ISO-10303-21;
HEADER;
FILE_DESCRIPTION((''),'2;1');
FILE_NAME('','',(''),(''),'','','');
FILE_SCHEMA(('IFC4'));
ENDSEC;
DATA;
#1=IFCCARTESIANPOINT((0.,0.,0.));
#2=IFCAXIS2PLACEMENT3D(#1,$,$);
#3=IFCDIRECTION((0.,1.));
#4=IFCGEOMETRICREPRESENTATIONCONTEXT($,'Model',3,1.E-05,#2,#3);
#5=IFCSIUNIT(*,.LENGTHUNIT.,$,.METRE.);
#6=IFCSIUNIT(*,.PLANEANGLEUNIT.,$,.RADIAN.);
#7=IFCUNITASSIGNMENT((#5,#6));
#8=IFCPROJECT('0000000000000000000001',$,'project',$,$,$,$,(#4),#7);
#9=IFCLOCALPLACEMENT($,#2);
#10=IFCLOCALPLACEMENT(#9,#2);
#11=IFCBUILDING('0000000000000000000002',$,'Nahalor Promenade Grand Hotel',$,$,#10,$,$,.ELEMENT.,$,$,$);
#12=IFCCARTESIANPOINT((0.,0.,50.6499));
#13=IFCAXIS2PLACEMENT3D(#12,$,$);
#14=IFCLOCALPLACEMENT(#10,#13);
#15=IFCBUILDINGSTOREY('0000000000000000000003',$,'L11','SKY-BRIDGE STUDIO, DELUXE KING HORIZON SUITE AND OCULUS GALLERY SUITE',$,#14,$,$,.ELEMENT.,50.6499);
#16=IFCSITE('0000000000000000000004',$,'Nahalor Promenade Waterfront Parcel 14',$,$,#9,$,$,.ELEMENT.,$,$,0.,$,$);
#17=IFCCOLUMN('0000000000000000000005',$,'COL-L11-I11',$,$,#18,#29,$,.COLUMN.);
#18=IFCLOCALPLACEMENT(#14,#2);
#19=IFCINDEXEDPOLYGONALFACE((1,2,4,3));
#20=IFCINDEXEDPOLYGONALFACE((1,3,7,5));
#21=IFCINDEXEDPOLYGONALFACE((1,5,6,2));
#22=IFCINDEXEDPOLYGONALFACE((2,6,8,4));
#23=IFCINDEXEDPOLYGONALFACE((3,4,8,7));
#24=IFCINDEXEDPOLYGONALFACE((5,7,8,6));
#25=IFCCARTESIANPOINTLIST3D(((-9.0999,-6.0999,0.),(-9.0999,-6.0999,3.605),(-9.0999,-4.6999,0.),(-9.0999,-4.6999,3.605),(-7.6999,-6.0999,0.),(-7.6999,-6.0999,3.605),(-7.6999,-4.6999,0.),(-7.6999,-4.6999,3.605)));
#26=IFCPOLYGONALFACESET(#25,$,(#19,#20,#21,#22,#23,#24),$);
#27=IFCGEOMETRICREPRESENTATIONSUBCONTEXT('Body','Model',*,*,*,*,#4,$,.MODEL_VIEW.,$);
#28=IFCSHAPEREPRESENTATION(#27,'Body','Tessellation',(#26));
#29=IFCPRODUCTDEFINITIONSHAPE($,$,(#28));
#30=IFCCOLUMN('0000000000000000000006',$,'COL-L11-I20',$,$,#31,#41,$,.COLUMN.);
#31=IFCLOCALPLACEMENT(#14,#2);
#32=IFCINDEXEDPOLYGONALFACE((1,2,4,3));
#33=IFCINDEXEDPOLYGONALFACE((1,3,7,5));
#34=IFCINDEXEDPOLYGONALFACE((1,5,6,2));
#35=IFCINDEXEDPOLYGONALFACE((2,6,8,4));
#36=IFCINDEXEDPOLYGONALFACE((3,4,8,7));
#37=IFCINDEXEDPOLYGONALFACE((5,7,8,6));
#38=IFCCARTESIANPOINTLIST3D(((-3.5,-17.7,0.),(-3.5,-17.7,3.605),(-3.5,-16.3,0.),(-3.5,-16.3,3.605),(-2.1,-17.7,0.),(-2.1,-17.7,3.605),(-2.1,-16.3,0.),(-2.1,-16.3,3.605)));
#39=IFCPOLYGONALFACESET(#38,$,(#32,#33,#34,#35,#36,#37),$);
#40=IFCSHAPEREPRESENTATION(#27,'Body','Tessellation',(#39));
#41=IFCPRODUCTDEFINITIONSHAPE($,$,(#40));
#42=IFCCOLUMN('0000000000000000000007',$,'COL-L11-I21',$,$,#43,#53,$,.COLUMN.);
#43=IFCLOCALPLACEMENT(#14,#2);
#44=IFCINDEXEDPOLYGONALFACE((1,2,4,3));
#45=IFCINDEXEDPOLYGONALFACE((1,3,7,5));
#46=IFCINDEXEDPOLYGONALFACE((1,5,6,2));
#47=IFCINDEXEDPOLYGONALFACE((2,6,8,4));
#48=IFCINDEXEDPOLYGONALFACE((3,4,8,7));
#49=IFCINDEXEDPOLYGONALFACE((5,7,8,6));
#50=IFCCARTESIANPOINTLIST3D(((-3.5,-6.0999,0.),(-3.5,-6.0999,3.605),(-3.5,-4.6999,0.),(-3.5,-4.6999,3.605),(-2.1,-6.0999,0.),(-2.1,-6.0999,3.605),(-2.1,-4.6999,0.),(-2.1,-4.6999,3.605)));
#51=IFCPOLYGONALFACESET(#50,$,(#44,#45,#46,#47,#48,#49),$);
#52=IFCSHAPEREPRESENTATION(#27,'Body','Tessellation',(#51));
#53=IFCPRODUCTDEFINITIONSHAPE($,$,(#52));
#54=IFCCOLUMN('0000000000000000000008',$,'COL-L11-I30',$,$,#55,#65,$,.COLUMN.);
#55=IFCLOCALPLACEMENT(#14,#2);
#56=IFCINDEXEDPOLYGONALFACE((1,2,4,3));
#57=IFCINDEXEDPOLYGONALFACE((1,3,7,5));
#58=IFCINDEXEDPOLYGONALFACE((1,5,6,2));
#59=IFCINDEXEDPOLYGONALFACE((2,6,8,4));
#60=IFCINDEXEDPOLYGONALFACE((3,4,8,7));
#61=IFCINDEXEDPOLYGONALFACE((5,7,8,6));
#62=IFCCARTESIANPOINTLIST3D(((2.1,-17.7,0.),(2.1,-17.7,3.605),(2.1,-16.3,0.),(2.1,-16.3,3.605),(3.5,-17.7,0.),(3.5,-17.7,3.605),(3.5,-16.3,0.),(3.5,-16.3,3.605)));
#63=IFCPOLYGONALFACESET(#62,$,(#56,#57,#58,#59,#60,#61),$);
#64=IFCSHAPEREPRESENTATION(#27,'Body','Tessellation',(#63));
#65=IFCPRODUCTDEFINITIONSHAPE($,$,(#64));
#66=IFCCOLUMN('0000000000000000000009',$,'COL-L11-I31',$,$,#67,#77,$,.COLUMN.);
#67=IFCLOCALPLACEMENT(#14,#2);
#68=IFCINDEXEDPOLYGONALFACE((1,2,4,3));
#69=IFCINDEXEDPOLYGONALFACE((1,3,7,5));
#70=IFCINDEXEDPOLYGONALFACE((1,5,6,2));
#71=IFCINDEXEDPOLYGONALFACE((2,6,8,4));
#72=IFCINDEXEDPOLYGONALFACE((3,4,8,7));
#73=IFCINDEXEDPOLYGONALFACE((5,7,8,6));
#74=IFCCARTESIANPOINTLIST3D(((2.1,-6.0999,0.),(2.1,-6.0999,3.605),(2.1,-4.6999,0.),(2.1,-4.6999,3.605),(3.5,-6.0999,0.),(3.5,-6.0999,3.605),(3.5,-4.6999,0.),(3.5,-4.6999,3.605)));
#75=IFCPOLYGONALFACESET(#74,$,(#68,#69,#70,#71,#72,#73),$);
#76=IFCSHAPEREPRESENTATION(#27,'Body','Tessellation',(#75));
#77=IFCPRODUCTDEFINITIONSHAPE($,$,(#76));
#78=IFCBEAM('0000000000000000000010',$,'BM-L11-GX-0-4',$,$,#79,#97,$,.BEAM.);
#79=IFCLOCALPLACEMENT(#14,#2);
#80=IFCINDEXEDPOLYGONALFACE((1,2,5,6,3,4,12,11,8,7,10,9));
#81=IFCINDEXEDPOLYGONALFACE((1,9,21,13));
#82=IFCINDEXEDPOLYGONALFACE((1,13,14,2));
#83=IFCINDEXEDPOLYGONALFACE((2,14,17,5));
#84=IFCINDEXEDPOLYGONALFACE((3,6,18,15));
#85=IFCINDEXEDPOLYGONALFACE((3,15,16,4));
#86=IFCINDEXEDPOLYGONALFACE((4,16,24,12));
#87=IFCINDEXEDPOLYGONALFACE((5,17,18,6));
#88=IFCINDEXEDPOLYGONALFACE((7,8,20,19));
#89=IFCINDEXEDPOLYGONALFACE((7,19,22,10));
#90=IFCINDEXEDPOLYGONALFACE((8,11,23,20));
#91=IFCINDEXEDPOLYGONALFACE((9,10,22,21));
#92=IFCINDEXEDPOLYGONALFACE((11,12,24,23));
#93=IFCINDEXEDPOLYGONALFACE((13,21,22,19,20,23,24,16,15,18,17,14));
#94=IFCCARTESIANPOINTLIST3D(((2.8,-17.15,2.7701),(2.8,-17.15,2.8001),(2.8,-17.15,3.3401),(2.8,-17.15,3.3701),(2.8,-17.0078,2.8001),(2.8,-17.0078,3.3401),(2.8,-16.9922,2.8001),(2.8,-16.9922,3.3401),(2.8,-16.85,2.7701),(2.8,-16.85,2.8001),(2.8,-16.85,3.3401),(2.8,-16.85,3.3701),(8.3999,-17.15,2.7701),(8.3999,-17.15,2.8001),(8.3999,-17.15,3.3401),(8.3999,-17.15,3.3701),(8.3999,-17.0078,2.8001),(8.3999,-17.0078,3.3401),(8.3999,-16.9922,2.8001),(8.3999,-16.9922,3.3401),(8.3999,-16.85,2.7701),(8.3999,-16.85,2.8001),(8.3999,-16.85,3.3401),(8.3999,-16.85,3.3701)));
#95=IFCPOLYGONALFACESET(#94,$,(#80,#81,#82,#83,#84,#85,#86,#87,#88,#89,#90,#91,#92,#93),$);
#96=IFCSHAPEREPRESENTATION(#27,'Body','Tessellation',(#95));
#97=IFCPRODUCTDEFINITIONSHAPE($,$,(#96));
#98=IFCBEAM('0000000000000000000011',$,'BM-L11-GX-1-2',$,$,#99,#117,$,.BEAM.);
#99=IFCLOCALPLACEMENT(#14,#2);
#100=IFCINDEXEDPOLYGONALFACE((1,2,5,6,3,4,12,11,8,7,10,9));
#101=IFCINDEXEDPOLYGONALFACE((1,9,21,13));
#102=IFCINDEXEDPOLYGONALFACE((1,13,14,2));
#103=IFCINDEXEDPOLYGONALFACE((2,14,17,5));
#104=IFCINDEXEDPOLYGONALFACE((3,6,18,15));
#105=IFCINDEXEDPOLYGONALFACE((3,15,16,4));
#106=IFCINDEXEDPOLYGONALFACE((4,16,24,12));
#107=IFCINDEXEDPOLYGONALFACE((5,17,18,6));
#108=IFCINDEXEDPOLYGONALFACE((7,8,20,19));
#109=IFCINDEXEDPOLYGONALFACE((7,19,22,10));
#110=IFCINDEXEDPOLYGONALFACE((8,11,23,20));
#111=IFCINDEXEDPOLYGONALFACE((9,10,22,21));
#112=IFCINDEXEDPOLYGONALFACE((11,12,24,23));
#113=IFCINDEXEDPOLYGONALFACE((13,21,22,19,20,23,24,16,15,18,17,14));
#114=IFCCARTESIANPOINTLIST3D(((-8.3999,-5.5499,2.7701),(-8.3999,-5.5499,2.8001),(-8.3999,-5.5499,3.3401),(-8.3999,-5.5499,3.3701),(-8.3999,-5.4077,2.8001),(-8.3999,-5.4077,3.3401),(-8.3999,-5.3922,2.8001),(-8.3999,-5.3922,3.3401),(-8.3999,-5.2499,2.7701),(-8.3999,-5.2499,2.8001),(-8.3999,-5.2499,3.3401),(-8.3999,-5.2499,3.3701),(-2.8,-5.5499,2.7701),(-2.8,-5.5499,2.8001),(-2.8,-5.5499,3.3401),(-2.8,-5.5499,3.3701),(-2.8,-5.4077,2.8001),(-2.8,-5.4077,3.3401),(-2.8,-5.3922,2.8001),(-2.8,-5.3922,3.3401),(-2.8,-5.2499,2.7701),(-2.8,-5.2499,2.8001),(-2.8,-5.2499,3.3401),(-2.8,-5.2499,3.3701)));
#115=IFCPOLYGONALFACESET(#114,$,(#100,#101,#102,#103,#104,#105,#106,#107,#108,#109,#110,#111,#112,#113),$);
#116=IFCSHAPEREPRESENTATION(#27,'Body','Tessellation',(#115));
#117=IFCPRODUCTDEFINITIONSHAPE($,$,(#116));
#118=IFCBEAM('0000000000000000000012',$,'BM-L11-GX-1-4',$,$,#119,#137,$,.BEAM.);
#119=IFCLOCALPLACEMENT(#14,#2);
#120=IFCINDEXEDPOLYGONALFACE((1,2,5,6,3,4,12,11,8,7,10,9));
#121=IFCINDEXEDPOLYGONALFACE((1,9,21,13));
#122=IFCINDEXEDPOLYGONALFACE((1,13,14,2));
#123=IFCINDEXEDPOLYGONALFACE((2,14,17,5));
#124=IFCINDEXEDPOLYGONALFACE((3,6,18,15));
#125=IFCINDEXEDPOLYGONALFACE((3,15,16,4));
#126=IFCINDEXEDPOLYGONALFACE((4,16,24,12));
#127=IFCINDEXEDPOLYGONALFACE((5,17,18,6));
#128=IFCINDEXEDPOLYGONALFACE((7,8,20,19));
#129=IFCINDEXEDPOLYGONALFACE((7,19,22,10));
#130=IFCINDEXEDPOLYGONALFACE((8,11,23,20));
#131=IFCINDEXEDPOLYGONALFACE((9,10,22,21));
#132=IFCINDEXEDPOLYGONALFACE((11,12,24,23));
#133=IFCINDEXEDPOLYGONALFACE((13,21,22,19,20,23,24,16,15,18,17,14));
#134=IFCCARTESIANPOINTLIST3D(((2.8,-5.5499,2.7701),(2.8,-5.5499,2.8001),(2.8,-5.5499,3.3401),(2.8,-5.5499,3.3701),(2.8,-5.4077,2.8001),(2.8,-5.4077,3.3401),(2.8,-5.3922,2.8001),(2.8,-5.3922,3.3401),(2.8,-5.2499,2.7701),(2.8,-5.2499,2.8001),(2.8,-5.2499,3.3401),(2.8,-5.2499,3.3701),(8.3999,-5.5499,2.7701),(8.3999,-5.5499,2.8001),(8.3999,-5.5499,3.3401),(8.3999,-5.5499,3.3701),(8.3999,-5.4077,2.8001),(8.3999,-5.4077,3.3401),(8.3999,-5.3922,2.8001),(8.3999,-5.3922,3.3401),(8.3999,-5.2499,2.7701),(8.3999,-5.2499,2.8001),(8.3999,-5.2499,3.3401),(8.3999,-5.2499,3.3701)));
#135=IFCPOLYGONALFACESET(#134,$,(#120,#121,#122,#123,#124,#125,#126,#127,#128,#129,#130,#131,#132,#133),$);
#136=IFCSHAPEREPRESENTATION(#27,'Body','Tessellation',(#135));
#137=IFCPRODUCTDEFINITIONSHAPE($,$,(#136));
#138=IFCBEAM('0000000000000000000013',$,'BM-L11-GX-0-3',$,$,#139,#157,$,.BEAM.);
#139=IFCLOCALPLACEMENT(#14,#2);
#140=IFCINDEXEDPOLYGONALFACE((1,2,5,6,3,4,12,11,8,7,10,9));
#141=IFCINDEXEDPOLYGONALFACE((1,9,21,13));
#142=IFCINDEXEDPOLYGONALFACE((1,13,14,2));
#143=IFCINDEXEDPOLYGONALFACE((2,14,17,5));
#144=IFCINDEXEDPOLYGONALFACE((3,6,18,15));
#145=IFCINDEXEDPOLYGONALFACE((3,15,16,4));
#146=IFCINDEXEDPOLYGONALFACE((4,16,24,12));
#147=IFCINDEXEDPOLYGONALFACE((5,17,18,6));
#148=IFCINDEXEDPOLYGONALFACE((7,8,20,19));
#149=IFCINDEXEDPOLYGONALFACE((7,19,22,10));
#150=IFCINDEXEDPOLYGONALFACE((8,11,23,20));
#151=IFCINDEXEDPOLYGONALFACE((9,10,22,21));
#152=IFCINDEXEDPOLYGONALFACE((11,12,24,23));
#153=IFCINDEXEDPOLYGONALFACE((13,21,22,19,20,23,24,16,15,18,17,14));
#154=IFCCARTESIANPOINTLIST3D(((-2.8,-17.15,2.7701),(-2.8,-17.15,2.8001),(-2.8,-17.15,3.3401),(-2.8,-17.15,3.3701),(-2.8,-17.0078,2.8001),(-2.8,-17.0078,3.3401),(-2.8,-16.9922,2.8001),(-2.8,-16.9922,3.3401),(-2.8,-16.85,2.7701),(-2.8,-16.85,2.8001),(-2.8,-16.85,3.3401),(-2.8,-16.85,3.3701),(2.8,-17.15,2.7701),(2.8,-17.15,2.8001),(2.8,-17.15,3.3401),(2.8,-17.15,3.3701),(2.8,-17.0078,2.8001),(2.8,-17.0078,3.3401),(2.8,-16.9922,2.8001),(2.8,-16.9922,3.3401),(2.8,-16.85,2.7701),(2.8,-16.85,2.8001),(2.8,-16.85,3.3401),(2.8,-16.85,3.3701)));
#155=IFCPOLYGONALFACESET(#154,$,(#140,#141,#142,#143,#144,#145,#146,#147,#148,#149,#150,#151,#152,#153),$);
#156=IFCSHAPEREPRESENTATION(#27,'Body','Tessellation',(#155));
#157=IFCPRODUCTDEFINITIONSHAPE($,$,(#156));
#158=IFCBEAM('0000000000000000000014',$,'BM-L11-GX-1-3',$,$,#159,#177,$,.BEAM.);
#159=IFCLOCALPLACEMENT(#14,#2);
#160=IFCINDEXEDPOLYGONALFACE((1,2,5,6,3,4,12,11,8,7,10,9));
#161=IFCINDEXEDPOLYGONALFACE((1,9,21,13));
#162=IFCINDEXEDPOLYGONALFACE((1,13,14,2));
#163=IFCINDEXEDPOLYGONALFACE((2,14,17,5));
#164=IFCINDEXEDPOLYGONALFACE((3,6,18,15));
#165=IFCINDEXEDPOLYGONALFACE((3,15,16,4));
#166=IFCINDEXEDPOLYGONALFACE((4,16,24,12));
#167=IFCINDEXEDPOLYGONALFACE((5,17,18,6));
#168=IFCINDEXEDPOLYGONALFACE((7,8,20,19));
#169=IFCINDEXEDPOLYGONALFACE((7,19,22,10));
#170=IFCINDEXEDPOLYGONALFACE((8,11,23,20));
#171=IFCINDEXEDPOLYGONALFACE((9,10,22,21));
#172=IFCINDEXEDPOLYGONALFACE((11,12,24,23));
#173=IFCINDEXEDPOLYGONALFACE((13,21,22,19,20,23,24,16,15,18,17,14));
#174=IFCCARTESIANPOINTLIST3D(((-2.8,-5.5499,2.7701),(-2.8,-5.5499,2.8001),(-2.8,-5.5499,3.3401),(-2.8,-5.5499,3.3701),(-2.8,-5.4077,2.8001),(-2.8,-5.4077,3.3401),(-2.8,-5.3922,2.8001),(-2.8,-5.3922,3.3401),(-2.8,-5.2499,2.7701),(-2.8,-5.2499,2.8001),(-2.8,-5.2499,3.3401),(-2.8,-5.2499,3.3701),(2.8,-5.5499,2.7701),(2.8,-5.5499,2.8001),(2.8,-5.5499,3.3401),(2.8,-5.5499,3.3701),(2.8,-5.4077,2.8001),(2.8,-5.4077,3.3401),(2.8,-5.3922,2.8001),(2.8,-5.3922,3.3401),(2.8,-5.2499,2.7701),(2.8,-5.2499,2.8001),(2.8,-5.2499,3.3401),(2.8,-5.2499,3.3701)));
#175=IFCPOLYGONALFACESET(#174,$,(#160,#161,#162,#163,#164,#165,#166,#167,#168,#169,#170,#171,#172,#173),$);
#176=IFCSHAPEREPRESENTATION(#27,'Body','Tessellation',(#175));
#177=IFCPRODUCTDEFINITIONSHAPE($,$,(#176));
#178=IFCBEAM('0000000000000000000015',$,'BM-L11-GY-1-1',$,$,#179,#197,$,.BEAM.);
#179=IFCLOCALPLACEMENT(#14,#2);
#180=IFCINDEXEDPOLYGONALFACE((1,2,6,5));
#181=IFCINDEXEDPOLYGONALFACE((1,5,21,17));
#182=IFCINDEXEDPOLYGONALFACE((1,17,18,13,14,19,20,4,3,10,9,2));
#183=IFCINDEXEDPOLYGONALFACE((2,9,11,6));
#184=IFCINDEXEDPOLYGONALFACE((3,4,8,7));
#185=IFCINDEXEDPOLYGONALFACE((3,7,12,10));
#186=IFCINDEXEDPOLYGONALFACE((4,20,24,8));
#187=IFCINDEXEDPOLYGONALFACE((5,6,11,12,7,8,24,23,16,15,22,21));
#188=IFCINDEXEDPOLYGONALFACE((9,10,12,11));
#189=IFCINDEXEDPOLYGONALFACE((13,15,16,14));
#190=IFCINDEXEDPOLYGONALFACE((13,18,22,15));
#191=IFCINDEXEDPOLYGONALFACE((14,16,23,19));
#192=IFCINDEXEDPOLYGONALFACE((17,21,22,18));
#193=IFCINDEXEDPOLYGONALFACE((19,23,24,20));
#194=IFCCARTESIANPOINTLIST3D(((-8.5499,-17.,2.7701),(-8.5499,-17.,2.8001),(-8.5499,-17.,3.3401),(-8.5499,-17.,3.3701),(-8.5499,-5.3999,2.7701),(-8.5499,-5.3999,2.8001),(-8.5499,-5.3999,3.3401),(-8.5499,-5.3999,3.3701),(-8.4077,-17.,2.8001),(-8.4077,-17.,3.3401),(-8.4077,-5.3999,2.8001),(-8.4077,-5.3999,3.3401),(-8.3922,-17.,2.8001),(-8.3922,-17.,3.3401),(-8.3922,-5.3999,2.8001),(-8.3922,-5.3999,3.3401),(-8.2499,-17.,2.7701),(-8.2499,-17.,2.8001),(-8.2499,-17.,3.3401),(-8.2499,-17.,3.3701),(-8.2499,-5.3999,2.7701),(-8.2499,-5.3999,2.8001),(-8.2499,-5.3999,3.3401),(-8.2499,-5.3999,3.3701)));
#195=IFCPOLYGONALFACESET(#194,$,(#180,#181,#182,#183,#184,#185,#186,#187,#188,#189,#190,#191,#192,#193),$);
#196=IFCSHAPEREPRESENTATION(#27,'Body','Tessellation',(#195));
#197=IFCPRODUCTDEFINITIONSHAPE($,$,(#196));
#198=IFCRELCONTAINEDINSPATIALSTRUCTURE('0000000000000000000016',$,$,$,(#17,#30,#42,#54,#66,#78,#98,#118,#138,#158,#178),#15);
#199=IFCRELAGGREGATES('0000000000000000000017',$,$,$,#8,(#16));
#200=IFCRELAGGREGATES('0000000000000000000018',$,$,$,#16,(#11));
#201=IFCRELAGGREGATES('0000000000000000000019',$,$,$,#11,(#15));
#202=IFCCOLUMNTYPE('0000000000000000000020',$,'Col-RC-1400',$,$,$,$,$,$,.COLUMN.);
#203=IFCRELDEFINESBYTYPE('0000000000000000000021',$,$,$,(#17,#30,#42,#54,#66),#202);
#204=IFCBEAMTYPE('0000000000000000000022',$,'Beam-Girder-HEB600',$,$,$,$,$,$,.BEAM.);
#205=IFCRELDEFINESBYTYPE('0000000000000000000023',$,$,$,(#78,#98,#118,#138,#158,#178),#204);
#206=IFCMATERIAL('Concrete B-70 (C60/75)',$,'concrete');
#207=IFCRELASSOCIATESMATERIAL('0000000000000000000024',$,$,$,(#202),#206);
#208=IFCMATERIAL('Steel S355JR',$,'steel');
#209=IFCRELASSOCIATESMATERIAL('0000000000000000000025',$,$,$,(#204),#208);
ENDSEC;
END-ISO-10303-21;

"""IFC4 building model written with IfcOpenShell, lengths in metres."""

from ifc_helpers import new_model, si_unit, direction, frame, origin, origin_2d, place, context, subcontext, project, spatial, rectangle, i_section, extrude, source, transform, mapped, material, material_profile, profile_set, type_object, element, save


model = new_model("IFC4")

# Units and contexts
model_context = context("Model", 3, precision=1e-05, world=origin(), true_north=direction((0.0, 1.0)))
body_context = subcontext(model_context, "Body", "Model", "MODEL_VIEW")
ifc_project = project(units=[si_unit("LENGTHUNIT", "METRE"), si_unit("PLANEANGLEUNIT", "RADIAN")], contexts=[model_context])

# Site, building, storey
site_placement = place(None, origin())
site = spatial("IfcSite", under=ifc_project, at=site_placement, Name="Nahalor Promenade Waterfront Parcel 14", CompositionType="ELEMENT", RefElevation=0.0)
building_placement = place(site_placement, origin())
building = spatial("IfcBuilding", under=site, at=building_placement, Name="Nahalor Promenade Grand Hotel", CompositionType="ELEMENT")
storey_placement = place(building_placement, frame((0.0, 0.0, 50.6499)))
storey = spatial("IfcBuildingStorey", under=building, at=storey_placement, Name="L11", Description="SKY-BRIDGE STUDIO, DELUXE KING HORIZON SUITE AND OCULUS GALLERY SUITE", CompositionType="ELEMENT", Elevation=50.6499)

# Columns
ifc_material_1 = material(Name="Concrete B-70 (C60/75)", Category="concrete")
ifc_material_profile_1 = material_profile(ifc_material_1, rectangle(XDim=1.4, YDim=1.4, at=origin_2d()), Name="RC 1400x1400")
ifc_profile_set_1 = profile_set([ifc_material_profile_1], Name="Concrete B-70 (C60/75)")
column_type = type_object("IfcColumnType", Name="Col-RC-1400", PredefinedType="COLUMN", material=ifc_profile_set_1)
shared_shape_1 = source(origin(), body_context, "Body", "SweptSolid", [
    extrude(rectangle(XDim=1.4, YDim=1.4, at=origin_2d()), origin(), (0.0, 0.0, 1.0), 3.605),
])
for number, where, z_axis, x_axis, name in (
    (1, (-8.3999, -5.3999, 0.0), (0.0, 0.0, 1.0), (1.0, 0.0, 0.0), "COL-L11-I11"),
    (2, (-2.8, -17.0, 0.0), (0.0, 0.0, 1.0), (1.0, 0.0, 0.0), "COL-L11-I20"),
    (3, (-2.8, -5.3999, 0.0), (0.0, 0.0, 1.0), (1.0, 0.0, 0.0), "COL-L11-I21"),
    (4, (2.8, -17.0, 0.0), (0.0, 0.0, 1.0), (1.0, 0.0, 0.0), "COL-L11-I30"),
    (5, (2.8, -5.3999, 0.0), (0.0, 0.0, 1.0), (1.0, 0.0, 0.0), "COL-L11-I31"),
):
    element("IfcColumn", number, at=place(storey_placement, frame(where, z_axis=z_axis, x_axis=x_axis)), inside=storey, type_object=column_type, Name=name, PredefinedType="COLUMN", context=body_context, shape_type="MappedRepresentation", body=[
        mapped(shared_shape_1, transform((0.0, 0.0, 0.0), scale=1.0)),
    ])

# Beams
ifc_material_2 = material(Name="Steel S355JR", Category="steel")
ifc_material_profile_2 = material_profile(ifc_material_2, i_section(OverallWidth=0.3, OverallDepth=0.6, WebThickness=0.0155, FlangeThickness=0.03, at=origin_2d()), Name="HEB 600")
ifc_profile_set_2 = profile_set([ifc_material_profile_2], Name="Steel S355JR")
beam_type = type_object("IfcBeamType", Name="Beam-Girder-HEB600", PredefinedType="BEAM", material=ifc_profile_set_2)
shared_shape_2 = source(origin(), body_context, "Body", "SweptSolid", [
    extrude(i_section(OverallWidth=0.3, OverallDepth=0.6, WebThickness=0.0155, FlangeThickness=0.03, at=origin_2d()), origin(), (0.0, 0.0, 1.0), 5.5999),
])
for number, where, z_axis, x_axis, name in (
    (6, (2.8, -17.0, 3.0701), (1.0, 0.0, 0.0), (0.0, 1.0, 0.0), "BM-L11-GX-0-4"),
    (7, (-8.3999, -5.3999, 3.0701), (1.0, 0.0, 0.0), (0.0, 1.0, 0.0), "BM-L11-GX-1-2"),
    (8, (2.8, -5.3999, 3.0701), (1.0, 0.0, 0.0), (0.0, 1.0, 0.0), "BM-L11-GX-1-4"),
):
    element("IfcBeam", number, at=place(storey_placement, frame(where, z_axis=z_axis, x_axis=x_axis)), inside=storey, type_object=beam_type, Name=name, PredefinedType="BEAM", context=body_context, shape_type="MappedRepresentation", body=[
        mapped(shared_shape_2, transform((0.0, 0.0, 0.0), scale=1.0)),
    ])
shared_shape_3 = source(origin(), body_context, "Body", "SweptSolid", [
    extrude(i_section(OverallWidth=0.3, OverallDepth=0.6, WebThickness=0.0155, FlangeThickness=0.03, at=origin_2d()), origin(), (0.0, 0.0, 1.0), 5.6001),
])
for number, where, z_axis, x_axis, name in (
    (9, (-2.8, -17.0, 3.0701), (1.0, 0.0, 0.0), (0.0, 1.0, 0.0), "BM-L11-GX-0-3"),
    (10, (-2.8, -5.3999, 3.0701), (1.0, 0.0, 0.0), (0.0, 1.0, 0.0), "BM-L11-GX-1-3"),
):
    element("IfcBeam", number, at=place(storey_placement, frame(where, z_axis=z_axis, x_axis=x_axis)), inside=storey, type_object=beam_type, Name=name, PredefinedType="BEAM", context=body_context, shape_type="MappedRepresentation", body=[
        mapped(shared_shape_3, transform((0.0, 0.0, 0.0), scale=1.0)),
    ])
shared_shape_4 = source(origin(), body_context, "Body", "SweptSolid", [
    extrude(i_section(OverallWidth=0.3, OverallDepth=0.6, WebThickness=0.0155, FlangeThickness=0.03, at=origin_2d()), origin(), (0.0, 0.0, 1.0), 11.6001),
])
for number, where, z_axis, x_axis, name in (
    (11, (-8.3999, -17.0, 3.0701), (0.0, 1.0, 0.0), (-1.0, 0.0, 0.0), "BM-L11-GY-1-1"),
):
    element("IfcBeam", number, at=place(storey_placement, frame(where, z_axis=z_axis, x_axis=x_axis)), inside=storey, type_object=beam_type, Name=name, PredefinedType="BEAM", context=body_context, shape_type="MappedRepresentation", body=[
        mapped(shared_shape_4, transform((0.0, 0.0, 0.0), scale=1.0)),
    ])

save(model, "model.ifc")
